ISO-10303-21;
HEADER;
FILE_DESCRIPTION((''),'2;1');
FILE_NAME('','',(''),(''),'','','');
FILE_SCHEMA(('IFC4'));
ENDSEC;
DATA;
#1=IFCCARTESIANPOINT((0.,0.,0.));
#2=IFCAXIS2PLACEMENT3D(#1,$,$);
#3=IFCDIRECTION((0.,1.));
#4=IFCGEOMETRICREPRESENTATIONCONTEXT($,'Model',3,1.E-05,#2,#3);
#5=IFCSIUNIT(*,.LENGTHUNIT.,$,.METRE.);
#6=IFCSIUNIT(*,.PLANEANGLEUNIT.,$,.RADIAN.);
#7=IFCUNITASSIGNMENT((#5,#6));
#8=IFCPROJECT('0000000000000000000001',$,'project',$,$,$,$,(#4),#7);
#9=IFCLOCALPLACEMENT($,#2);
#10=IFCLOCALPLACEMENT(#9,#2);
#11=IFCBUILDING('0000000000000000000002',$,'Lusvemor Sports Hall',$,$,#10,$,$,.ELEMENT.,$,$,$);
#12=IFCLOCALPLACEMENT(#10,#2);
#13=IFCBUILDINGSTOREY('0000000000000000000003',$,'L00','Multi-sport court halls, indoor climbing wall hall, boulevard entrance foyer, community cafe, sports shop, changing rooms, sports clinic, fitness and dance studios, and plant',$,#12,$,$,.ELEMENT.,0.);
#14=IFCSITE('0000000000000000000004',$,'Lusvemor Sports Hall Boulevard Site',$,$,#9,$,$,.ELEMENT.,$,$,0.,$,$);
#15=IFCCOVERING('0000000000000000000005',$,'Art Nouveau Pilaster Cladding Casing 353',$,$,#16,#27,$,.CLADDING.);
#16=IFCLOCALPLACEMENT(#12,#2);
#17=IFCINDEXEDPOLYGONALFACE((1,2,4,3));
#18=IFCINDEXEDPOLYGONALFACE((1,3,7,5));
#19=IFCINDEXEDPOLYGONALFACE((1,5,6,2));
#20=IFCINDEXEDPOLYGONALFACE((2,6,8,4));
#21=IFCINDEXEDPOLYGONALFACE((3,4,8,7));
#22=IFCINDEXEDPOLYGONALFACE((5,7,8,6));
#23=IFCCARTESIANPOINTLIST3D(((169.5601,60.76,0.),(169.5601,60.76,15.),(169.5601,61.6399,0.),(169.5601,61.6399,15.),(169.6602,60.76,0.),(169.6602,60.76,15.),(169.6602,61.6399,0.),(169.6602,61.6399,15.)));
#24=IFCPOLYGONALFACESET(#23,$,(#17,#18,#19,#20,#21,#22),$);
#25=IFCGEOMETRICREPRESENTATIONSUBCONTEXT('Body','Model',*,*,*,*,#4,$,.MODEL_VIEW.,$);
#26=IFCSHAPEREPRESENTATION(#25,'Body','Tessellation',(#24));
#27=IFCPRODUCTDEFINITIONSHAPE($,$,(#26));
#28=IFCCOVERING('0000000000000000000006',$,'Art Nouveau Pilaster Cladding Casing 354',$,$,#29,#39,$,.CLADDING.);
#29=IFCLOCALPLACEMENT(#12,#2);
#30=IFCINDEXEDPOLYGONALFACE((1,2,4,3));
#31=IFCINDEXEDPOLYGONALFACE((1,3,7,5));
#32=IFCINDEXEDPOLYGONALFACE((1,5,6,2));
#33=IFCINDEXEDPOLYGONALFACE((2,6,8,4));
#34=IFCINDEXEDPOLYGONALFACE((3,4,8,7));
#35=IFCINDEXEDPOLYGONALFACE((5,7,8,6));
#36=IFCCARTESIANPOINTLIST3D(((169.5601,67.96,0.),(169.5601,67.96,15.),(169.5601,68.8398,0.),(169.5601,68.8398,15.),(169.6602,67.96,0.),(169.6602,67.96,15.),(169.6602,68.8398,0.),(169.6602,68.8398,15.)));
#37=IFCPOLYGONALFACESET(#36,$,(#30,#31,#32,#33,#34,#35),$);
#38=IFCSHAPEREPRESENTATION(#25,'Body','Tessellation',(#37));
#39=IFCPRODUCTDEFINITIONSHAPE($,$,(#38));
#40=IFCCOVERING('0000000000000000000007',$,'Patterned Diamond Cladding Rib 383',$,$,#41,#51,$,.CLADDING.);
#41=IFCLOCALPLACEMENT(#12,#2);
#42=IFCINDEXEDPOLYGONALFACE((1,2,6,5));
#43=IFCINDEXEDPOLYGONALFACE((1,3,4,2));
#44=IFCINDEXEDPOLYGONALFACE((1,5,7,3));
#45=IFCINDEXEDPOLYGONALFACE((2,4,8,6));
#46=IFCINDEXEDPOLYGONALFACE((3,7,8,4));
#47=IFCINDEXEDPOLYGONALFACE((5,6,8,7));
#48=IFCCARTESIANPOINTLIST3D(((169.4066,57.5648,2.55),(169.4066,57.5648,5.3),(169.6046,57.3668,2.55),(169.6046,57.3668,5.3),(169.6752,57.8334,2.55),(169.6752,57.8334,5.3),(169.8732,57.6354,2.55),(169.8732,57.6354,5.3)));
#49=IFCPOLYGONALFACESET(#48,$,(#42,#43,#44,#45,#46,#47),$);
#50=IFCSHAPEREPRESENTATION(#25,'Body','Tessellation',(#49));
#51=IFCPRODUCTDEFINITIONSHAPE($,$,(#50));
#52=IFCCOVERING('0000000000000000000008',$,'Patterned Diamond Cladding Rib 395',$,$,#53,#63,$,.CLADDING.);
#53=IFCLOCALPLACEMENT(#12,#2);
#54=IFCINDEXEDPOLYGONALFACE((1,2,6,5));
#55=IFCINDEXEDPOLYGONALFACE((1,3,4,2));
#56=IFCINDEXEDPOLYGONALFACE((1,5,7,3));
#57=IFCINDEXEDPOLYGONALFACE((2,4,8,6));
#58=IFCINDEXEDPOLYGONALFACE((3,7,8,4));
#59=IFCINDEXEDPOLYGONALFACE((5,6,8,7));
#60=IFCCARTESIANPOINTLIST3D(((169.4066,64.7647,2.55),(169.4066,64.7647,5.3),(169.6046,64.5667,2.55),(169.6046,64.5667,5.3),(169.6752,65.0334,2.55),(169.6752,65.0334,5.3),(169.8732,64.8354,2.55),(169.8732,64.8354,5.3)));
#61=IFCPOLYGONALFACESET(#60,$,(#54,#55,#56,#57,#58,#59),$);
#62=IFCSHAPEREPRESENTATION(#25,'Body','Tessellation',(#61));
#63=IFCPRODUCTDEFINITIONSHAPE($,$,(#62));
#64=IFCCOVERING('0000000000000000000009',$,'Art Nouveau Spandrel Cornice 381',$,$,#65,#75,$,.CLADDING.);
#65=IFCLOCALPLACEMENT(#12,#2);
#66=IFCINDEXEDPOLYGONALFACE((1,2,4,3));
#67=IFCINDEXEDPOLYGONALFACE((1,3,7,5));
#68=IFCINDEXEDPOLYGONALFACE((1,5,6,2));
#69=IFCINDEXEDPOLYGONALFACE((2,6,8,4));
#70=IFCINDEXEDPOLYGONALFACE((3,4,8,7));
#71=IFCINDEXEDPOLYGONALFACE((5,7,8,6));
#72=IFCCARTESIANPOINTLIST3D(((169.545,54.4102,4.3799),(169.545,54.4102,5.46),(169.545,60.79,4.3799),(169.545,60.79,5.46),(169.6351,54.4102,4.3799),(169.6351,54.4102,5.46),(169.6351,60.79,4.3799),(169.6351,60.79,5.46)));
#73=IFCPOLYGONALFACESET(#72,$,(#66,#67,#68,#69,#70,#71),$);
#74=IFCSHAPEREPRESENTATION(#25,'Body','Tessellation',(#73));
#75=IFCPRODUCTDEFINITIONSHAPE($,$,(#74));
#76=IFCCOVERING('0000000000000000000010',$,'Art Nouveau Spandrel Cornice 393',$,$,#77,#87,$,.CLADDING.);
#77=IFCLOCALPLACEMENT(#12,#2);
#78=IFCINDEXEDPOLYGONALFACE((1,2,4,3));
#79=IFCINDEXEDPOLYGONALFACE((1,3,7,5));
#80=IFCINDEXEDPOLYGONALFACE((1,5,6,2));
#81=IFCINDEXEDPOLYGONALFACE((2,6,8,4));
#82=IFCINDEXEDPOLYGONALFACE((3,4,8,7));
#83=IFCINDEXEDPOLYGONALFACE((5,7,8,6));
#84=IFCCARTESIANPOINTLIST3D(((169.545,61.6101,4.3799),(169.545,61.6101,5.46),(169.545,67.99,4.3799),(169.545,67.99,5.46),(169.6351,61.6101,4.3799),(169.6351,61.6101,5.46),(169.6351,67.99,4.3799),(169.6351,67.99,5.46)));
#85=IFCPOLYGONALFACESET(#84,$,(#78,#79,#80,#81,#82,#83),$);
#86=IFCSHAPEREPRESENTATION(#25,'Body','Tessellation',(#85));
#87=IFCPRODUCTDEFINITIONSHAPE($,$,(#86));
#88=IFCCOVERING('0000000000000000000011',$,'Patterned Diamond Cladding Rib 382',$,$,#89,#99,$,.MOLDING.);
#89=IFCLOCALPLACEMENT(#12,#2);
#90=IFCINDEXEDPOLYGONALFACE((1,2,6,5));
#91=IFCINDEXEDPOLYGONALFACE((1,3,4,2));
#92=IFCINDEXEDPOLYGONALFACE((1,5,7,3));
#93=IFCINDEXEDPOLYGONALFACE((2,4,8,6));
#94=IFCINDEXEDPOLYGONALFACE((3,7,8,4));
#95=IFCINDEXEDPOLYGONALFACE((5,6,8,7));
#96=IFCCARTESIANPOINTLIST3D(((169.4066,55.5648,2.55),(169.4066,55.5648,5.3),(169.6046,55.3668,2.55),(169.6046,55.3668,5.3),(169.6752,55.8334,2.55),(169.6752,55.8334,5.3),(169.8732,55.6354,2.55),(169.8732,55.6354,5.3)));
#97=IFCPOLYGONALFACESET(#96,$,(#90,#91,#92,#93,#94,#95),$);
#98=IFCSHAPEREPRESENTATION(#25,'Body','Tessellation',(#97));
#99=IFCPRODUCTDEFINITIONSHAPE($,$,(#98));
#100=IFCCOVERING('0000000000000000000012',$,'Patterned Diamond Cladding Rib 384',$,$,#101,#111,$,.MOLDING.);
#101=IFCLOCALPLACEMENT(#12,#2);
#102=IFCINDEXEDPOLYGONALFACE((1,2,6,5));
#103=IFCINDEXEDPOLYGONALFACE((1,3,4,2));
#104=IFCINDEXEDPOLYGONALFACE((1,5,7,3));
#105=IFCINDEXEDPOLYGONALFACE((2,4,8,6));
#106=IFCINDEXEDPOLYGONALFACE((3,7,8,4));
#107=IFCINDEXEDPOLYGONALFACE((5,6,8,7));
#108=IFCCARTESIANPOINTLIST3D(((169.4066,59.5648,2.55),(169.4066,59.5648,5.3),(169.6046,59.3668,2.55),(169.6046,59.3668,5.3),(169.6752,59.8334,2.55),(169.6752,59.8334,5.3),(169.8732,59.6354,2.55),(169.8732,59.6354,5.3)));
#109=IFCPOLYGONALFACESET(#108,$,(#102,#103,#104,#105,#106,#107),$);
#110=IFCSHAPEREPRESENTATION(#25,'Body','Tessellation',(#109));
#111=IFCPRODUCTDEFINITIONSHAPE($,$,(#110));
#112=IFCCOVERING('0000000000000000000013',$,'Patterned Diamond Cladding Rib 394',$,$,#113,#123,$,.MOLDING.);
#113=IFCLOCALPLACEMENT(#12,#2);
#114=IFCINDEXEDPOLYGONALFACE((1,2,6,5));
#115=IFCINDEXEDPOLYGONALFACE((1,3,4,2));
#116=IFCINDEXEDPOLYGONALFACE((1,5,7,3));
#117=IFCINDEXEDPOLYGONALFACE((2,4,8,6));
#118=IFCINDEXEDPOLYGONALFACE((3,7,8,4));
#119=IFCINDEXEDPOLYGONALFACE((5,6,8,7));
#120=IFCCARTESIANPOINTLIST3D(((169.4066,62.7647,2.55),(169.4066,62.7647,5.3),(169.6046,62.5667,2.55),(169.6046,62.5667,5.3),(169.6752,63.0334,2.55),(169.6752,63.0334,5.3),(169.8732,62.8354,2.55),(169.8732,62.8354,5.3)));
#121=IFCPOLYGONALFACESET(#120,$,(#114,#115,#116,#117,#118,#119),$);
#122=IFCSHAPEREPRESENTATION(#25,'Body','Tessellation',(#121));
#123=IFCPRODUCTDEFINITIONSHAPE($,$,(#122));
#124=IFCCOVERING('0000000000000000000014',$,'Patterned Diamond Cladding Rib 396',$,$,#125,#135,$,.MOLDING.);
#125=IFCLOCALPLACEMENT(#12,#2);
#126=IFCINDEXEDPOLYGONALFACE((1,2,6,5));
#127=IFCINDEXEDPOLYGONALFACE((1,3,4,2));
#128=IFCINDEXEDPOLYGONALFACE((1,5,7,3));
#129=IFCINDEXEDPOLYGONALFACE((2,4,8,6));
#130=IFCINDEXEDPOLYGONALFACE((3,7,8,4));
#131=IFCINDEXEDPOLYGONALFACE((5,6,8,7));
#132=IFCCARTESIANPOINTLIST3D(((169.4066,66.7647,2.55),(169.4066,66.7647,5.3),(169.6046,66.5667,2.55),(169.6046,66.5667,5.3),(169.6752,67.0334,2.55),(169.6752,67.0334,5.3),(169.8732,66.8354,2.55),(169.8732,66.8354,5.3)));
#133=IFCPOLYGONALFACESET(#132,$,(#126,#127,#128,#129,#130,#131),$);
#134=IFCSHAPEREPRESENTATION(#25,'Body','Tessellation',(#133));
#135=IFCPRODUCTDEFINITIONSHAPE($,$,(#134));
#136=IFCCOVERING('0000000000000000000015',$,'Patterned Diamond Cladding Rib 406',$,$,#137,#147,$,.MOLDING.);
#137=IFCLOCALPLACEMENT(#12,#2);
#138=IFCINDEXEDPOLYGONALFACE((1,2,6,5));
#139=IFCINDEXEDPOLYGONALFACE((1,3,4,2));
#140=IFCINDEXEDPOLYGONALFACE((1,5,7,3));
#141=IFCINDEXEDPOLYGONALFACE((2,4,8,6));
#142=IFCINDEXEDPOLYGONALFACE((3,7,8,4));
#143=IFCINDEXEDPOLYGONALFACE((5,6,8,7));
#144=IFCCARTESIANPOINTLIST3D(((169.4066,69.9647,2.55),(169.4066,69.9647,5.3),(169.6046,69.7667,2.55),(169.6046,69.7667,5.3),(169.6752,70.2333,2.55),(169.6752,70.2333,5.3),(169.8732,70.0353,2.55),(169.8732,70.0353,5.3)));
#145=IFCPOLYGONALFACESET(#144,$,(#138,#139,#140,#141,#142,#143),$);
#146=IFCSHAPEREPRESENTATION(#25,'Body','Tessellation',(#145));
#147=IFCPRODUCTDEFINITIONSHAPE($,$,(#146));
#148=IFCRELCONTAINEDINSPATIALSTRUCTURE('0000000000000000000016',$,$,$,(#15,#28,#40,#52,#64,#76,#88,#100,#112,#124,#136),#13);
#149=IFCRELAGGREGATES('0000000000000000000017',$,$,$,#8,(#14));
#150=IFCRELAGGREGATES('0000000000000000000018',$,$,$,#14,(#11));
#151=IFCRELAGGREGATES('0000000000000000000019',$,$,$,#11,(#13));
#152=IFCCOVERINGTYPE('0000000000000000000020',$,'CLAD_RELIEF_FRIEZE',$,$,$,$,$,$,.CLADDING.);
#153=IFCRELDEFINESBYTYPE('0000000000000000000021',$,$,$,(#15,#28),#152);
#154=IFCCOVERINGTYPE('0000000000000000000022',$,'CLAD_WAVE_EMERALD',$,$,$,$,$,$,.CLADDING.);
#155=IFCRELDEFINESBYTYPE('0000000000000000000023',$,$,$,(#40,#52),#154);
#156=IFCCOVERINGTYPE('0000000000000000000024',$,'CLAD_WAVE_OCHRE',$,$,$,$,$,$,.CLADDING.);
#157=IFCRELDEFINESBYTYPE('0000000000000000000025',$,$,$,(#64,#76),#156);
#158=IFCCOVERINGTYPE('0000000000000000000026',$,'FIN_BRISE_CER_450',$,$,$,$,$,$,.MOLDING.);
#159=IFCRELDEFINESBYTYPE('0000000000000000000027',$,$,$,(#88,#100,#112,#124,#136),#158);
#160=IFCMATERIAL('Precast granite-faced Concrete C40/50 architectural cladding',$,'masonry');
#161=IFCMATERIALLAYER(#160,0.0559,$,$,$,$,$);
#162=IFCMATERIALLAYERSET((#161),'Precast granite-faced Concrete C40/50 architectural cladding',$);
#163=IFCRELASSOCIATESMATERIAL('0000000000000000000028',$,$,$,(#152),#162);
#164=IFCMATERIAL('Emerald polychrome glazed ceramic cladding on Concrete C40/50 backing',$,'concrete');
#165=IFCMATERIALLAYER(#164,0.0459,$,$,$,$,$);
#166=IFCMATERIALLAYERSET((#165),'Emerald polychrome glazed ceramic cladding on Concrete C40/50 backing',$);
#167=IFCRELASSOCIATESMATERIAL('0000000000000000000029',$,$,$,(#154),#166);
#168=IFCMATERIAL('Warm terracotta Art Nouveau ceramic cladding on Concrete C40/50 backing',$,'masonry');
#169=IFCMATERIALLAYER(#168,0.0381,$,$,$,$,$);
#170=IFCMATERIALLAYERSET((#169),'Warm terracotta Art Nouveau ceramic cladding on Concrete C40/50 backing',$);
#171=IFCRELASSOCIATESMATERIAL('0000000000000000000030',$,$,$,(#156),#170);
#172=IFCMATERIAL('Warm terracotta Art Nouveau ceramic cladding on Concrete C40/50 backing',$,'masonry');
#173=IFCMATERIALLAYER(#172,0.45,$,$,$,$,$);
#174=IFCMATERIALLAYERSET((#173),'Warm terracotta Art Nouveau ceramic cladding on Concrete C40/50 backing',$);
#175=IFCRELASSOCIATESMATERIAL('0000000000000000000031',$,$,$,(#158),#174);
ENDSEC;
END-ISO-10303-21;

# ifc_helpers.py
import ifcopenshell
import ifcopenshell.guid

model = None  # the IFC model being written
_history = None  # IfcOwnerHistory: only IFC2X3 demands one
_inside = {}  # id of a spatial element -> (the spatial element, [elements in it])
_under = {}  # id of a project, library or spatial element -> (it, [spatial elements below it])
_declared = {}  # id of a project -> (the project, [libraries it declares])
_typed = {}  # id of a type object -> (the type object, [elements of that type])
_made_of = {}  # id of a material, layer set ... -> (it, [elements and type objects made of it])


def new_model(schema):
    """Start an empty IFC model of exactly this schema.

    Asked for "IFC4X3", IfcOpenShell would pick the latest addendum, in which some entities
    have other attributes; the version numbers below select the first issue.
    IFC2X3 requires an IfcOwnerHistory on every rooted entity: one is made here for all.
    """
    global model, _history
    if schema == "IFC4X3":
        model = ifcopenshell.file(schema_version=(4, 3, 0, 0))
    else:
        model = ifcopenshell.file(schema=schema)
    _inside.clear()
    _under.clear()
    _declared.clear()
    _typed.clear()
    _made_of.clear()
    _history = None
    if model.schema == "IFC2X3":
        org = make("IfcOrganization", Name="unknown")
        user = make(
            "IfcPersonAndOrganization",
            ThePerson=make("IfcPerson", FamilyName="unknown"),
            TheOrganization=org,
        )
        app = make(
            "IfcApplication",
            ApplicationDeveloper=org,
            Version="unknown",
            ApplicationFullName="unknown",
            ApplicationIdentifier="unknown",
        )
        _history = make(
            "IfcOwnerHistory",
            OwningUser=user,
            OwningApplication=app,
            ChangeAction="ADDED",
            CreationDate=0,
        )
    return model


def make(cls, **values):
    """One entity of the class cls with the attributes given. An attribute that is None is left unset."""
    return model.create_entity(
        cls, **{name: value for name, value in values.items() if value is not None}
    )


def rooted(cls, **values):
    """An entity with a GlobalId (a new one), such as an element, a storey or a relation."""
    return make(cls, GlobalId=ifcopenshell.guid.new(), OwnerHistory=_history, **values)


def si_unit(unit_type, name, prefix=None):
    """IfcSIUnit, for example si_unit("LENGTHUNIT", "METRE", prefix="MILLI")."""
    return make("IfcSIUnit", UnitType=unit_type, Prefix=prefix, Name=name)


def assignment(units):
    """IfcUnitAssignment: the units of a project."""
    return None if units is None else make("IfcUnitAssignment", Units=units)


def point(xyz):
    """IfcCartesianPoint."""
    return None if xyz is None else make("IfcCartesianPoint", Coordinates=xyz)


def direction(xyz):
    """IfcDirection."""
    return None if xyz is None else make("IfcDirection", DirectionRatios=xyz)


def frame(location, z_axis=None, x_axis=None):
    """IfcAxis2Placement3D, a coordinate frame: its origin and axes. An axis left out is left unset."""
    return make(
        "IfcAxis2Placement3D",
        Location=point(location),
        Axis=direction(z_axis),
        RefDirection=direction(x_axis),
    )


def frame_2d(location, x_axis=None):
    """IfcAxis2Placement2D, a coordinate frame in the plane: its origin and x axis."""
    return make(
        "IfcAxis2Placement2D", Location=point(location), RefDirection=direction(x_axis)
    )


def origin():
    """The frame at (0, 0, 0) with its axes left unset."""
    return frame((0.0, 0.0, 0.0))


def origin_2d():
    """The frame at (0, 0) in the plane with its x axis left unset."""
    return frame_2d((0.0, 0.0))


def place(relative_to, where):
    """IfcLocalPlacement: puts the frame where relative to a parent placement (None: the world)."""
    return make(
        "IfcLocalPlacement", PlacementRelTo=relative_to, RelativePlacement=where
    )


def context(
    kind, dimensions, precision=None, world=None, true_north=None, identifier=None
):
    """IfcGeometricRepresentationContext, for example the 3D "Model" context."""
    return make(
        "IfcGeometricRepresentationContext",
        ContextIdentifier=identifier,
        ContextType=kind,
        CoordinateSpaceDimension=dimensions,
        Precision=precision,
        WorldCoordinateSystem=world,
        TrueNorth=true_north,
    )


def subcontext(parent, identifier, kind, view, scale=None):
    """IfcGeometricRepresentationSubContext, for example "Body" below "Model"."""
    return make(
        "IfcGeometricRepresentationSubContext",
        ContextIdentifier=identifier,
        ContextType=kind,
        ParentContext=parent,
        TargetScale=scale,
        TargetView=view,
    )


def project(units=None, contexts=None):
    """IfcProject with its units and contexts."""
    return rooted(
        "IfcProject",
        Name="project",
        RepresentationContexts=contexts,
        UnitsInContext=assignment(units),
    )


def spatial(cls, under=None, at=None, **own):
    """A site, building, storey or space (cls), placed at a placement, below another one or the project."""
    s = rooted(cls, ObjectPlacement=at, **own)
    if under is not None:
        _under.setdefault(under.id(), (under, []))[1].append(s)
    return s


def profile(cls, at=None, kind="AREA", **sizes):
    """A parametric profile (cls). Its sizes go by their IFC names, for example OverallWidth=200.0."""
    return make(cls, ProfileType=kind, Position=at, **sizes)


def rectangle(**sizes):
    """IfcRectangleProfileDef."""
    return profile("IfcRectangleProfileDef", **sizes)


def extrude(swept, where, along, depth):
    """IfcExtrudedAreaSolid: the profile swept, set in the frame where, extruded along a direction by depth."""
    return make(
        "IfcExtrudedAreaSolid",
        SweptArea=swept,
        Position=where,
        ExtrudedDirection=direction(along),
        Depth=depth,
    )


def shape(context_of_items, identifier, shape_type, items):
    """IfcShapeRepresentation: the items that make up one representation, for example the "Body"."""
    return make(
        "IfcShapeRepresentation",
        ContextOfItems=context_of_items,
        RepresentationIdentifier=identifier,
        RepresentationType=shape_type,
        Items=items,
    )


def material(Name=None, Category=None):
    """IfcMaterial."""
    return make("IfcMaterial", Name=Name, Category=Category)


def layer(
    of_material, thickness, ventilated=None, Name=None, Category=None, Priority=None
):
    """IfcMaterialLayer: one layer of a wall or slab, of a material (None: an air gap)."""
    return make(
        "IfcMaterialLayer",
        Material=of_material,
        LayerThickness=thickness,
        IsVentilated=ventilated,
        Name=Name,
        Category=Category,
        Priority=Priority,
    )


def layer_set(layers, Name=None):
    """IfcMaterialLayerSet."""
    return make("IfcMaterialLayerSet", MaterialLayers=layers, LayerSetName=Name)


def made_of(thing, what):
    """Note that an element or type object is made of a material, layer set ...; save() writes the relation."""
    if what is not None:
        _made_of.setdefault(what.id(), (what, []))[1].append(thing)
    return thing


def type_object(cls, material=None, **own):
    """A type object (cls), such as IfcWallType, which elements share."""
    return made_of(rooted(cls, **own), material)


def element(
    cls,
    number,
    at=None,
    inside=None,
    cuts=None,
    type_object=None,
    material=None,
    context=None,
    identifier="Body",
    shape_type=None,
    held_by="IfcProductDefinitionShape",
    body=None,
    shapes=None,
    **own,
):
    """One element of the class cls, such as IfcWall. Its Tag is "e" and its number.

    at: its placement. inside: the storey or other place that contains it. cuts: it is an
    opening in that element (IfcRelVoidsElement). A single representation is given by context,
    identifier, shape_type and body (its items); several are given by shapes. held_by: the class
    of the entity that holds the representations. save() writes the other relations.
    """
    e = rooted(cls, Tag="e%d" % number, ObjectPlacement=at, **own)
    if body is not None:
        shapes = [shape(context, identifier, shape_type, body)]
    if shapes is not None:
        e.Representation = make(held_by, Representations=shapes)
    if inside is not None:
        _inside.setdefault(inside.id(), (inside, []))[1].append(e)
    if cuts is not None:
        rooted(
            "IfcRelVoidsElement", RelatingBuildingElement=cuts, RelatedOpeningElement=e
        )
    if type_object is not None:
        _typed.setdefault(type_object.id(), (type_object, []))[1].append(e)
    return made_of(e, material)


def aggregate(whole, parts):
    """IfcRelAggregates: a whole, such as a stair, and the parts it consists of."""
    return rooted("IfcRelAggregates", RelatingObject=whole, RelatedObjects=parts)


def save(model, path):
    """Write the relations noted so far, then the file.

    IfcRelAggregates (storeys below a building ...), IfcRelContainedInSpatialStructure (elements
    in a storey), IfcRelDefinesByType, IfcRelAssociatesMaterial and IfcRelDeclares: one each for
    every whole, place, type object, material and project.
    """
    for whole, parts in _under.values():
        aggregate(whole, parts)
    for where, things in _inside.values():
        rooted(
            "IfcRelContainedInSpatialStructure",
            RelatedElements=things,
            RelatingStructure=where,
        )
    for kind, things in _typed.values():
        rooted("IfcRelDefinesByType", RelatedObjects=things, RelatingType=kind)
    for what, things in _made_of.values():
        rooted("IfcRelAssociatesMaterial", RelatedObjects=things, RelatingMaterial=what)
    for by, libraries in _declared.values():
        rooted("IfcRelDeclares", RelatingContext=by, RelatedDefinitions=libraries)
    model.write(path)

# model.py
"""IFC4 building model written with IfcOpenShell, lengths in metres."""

from ifc_helpers import new_model, si_unit, direction, frame, origin, origin_2d, place, context, subcontext, project, spatial, rectangle, extrude, material, layer, layer_set, type_object, element, save


model = new_model("IFC4")

# Units and contexts
model_context = context("Model", 3, precision=1e-05, world=origin(), true_north=direction((0.0, 1.0)))
body_context = subcontext(model_context, "Body", "Model", "MODEL_VIEW")
ifc_project = project(units=[si_unit("LENGTHUNIT", "METRE"), si_unit("PLANEANGLEUNIT", "RADIAN")], contexts=[model_context])

# Site, building, storey
site_placement = place(None, origin())
site = spatial("IfcSite", under=ifc_project, at=site_placement, Name="Lusvemor Sports Hall Boulevard Site", CompositionType="ELEMENT", RefElevation=0.0)
building_placement = place(site_placement, origin())
building = spatial("IfcBuilding", under=site, at=building_placement, Name="Lusvemor Sports Hall", CompositionType="ELEMENT")
storey_placement = place(building_placement, origin())
storey = spatial("IfcBuildingStorey", under=building, at=storey_placement, Name="L00", Description="Multi-sport court halls, indoor climbing wall hall, boulevard entrance foyer, community cafe, sports shop, changing rooms, sports clinic, fitness and dance studios, and plant", CompositionType="ELEMENT", Elevation=0.0)

# Coverings
ifc_material_1 = material(Name="Precast granite-faced Concrete C40/50 architectural cladding", Category="masonry")
ifc_layer_1 = layer(ifc_material_1, 0.0559)
ifc_layer_set_1 = layer_set([ifc_layer_1], Name="Precast granite-faced Concrete C40/50 architectural cladding")
covering_type_1 = type_object("IfcCoveringType", Name="CLAD_RELIEF_FRIEZE", PredefinedType="CLADDING", material=ifc_layer_set_1)
for number, where, z_axis, x_axis, name in (
    (1, (169.6101, 61.2, 0.0), (0.0, 0.0, 1.0), (1.0, 0.0, 0.0), "Art Nouveau Pilaster Cladding Casing 353"),
    (2, (169.6101, 68.3999, 0.0), (0.0, 0.0, 1.0), (1.0, 0.0, 0.0), "Art Nouveau Pilaster Cladding Casing 354"),
):
    element("IfcCovering", number, at=place(storey_placement, frame(where, z_axis=z_axis, x_axis=x_axis)), inside=storey, type_object=covering_type_1, Name=name, PredefinedType="CLADDING", context=body_context, shape_type="SweptSolid", body=[
        extrude(rectangle(XDim=0.1001, YDim=0.8799, at=origin_2d()), origin(), (0.0, 0.0, 1.0), 15.0),
    ])
ifc_material_2 = material(Name="Emerald polychrome glazed ceramic cladding on Concrete C40/50 backing", Category="concrete")
ifc_layer_2 = layer(ifc_material_2, 0.0459)
ifc_layer_set_2 = layer_set([ifc_layer_2], Name="Emerald polychrome glazed ceramic cladding on Concrete C40/50 backing")
covering_type_2 = type_object("IfcCoveringType", Name="CLAD_WAVE_EMERALD", PredefinedType="CLADDING", material=ifc_layer_set_2)
for number, where, z_axis, x_axis, name in (
    (3, (169.6399, 57.6001, 2.55), (0.0, 0.0, 1.0), (0.707107, 0.707107, 0.0), "Patterned Diamond Cladding Rib 383"),
    (4, (169.6399, 64.8, 2.55), (0.0, 0.0, 1.0), (0.707107, 0.707107, 0.0), "Patterned Diamond Cladding Rib 395"),
):
    element("IfcCovering", number, at=place(storey_placement, frame(where, z_axis=z_axis, x_axis=x_axis)), inside=storey, type_object=covering_type_2, Name=name, PredefinedType="CLADDING", context=body_context, shape_type="SweptSolid", body=[
        extrude(rectangle(XDim=0.3799, YDim=0.28, at=origin_2d()), origin(), (0.0, 0.0, 1.0), 2.75),
    ])
ifc_material_3 = material(Name="Warm terracotta Art Nouveau ceramic cladding on Concrete C40/50 backing", Category="masonry")
ifc_layer_3 = layer(ifc_material_3, 0.0381)
ifc_layer_set_3 = layer_set([ifc_layer_3], Name="Warm terracotta Art Nouveau ceramic cladding on Concrete C40/50 backing")
covering_type_3 = type_object("IfcCoveringType", Name="CLAD_WAVE_OCHRE", PredefinedType="CLADDING", material=ifc_layer_set_3)
for number, where, z_axis, x_axis, name in (
    (5, (169.5901, 57.6001, 4.3799), (0.0, 0.0, 1.0), (1.0, 0.0, 0.0), "Art Nouveau Spandrel Cornice 381"),
    (6, (169.5901, 64.8, 4.3799), (0.0, 0.0, 1.0), (1.0, 0.0, 0.0), "Art Nouveau Spandrel Cornice 393"),
):
    element("IfcCovering", number, at=place(storey_placement, frame(where, z_axis=z_axis, x_axis=x_axis)), inside=storey, type_object=covering_type_3, Name=name, PredefinedType="CLADDING", context=body_context, shape_type="SweptSolid", body=[
        extrude(rectangle(XDim=0.0901, YDim=6.3799, at=origin_2d()), origin(), (0.0, 0.0, 1.0), 1.0801),
    ])
ifc_material_4 = material(Name="Warm terracotta Art Nouveau ceramic cladding on Concrete C40/50 backing", Category="masonry")
ifc_layer_4 = layer(ifc_material_4, 0.45)
ifc_layer_set_4 = layer_set([ifc_layer_4], Name="Warm terracotta Art Nouveau ceramic cladding on Concrete C40/50 backing")
covering_type_4 = type_object("IfcCoveringType", Name="FIN_BRISE_CER_450", PredefinedType="MOLDING", material=ifc_layer_set_4)
for number, where, z_axis, x_axis, name in (
    (7, (169.6399, 55.6001, 2.55), (0.0, 0.0, 1.0), (0.707107, 0.707107, 0.0), "Patterned Diamond Cladding Rib 382"),
    (8, (169.6399, 59.6001, 2.55), (0.0, 0.0, 1.0), (0.707107, 0.707107, 0.0), "Patterned Diamond Cladding Rib 384"),
    (9, (169.6399, 62.8, 2.55), (0.0, 0.0, 1.0), (0.707107, 0.707107, 0.0), "Patterned Diamond Cladding Rib 394"),
    (10, (169.6399, 66.8, 2.55), (0.0, 0.0, 1.0), (0.707107, 0.707107, 0.0), "Patterned Diamond Cladding Rib 396"),
    (11, (169.6399, 70.0, 2.55), (0.0, 0.0, 1.0), (0.707107, 0.707107, 0.0), "Patterned Diamond Cladding Rib 406"),
):
    element("IfcCovering", number, at=place(storey_placement, frame(where, z_axis=z_axis, x_axis=x_axis)), inside=storey, type_object=covering_type_4, Name=name, PredefinedType="MOLDING", context=body_context, shape_type="SweptSolid", body=[
        extrude(rectangle(XDim=0.3799, YDim=0.28, at=origin_2d()), origin(), (0.0, 0.0, 1.0), 2.75),
    ])

save(model, "model.ifc")
